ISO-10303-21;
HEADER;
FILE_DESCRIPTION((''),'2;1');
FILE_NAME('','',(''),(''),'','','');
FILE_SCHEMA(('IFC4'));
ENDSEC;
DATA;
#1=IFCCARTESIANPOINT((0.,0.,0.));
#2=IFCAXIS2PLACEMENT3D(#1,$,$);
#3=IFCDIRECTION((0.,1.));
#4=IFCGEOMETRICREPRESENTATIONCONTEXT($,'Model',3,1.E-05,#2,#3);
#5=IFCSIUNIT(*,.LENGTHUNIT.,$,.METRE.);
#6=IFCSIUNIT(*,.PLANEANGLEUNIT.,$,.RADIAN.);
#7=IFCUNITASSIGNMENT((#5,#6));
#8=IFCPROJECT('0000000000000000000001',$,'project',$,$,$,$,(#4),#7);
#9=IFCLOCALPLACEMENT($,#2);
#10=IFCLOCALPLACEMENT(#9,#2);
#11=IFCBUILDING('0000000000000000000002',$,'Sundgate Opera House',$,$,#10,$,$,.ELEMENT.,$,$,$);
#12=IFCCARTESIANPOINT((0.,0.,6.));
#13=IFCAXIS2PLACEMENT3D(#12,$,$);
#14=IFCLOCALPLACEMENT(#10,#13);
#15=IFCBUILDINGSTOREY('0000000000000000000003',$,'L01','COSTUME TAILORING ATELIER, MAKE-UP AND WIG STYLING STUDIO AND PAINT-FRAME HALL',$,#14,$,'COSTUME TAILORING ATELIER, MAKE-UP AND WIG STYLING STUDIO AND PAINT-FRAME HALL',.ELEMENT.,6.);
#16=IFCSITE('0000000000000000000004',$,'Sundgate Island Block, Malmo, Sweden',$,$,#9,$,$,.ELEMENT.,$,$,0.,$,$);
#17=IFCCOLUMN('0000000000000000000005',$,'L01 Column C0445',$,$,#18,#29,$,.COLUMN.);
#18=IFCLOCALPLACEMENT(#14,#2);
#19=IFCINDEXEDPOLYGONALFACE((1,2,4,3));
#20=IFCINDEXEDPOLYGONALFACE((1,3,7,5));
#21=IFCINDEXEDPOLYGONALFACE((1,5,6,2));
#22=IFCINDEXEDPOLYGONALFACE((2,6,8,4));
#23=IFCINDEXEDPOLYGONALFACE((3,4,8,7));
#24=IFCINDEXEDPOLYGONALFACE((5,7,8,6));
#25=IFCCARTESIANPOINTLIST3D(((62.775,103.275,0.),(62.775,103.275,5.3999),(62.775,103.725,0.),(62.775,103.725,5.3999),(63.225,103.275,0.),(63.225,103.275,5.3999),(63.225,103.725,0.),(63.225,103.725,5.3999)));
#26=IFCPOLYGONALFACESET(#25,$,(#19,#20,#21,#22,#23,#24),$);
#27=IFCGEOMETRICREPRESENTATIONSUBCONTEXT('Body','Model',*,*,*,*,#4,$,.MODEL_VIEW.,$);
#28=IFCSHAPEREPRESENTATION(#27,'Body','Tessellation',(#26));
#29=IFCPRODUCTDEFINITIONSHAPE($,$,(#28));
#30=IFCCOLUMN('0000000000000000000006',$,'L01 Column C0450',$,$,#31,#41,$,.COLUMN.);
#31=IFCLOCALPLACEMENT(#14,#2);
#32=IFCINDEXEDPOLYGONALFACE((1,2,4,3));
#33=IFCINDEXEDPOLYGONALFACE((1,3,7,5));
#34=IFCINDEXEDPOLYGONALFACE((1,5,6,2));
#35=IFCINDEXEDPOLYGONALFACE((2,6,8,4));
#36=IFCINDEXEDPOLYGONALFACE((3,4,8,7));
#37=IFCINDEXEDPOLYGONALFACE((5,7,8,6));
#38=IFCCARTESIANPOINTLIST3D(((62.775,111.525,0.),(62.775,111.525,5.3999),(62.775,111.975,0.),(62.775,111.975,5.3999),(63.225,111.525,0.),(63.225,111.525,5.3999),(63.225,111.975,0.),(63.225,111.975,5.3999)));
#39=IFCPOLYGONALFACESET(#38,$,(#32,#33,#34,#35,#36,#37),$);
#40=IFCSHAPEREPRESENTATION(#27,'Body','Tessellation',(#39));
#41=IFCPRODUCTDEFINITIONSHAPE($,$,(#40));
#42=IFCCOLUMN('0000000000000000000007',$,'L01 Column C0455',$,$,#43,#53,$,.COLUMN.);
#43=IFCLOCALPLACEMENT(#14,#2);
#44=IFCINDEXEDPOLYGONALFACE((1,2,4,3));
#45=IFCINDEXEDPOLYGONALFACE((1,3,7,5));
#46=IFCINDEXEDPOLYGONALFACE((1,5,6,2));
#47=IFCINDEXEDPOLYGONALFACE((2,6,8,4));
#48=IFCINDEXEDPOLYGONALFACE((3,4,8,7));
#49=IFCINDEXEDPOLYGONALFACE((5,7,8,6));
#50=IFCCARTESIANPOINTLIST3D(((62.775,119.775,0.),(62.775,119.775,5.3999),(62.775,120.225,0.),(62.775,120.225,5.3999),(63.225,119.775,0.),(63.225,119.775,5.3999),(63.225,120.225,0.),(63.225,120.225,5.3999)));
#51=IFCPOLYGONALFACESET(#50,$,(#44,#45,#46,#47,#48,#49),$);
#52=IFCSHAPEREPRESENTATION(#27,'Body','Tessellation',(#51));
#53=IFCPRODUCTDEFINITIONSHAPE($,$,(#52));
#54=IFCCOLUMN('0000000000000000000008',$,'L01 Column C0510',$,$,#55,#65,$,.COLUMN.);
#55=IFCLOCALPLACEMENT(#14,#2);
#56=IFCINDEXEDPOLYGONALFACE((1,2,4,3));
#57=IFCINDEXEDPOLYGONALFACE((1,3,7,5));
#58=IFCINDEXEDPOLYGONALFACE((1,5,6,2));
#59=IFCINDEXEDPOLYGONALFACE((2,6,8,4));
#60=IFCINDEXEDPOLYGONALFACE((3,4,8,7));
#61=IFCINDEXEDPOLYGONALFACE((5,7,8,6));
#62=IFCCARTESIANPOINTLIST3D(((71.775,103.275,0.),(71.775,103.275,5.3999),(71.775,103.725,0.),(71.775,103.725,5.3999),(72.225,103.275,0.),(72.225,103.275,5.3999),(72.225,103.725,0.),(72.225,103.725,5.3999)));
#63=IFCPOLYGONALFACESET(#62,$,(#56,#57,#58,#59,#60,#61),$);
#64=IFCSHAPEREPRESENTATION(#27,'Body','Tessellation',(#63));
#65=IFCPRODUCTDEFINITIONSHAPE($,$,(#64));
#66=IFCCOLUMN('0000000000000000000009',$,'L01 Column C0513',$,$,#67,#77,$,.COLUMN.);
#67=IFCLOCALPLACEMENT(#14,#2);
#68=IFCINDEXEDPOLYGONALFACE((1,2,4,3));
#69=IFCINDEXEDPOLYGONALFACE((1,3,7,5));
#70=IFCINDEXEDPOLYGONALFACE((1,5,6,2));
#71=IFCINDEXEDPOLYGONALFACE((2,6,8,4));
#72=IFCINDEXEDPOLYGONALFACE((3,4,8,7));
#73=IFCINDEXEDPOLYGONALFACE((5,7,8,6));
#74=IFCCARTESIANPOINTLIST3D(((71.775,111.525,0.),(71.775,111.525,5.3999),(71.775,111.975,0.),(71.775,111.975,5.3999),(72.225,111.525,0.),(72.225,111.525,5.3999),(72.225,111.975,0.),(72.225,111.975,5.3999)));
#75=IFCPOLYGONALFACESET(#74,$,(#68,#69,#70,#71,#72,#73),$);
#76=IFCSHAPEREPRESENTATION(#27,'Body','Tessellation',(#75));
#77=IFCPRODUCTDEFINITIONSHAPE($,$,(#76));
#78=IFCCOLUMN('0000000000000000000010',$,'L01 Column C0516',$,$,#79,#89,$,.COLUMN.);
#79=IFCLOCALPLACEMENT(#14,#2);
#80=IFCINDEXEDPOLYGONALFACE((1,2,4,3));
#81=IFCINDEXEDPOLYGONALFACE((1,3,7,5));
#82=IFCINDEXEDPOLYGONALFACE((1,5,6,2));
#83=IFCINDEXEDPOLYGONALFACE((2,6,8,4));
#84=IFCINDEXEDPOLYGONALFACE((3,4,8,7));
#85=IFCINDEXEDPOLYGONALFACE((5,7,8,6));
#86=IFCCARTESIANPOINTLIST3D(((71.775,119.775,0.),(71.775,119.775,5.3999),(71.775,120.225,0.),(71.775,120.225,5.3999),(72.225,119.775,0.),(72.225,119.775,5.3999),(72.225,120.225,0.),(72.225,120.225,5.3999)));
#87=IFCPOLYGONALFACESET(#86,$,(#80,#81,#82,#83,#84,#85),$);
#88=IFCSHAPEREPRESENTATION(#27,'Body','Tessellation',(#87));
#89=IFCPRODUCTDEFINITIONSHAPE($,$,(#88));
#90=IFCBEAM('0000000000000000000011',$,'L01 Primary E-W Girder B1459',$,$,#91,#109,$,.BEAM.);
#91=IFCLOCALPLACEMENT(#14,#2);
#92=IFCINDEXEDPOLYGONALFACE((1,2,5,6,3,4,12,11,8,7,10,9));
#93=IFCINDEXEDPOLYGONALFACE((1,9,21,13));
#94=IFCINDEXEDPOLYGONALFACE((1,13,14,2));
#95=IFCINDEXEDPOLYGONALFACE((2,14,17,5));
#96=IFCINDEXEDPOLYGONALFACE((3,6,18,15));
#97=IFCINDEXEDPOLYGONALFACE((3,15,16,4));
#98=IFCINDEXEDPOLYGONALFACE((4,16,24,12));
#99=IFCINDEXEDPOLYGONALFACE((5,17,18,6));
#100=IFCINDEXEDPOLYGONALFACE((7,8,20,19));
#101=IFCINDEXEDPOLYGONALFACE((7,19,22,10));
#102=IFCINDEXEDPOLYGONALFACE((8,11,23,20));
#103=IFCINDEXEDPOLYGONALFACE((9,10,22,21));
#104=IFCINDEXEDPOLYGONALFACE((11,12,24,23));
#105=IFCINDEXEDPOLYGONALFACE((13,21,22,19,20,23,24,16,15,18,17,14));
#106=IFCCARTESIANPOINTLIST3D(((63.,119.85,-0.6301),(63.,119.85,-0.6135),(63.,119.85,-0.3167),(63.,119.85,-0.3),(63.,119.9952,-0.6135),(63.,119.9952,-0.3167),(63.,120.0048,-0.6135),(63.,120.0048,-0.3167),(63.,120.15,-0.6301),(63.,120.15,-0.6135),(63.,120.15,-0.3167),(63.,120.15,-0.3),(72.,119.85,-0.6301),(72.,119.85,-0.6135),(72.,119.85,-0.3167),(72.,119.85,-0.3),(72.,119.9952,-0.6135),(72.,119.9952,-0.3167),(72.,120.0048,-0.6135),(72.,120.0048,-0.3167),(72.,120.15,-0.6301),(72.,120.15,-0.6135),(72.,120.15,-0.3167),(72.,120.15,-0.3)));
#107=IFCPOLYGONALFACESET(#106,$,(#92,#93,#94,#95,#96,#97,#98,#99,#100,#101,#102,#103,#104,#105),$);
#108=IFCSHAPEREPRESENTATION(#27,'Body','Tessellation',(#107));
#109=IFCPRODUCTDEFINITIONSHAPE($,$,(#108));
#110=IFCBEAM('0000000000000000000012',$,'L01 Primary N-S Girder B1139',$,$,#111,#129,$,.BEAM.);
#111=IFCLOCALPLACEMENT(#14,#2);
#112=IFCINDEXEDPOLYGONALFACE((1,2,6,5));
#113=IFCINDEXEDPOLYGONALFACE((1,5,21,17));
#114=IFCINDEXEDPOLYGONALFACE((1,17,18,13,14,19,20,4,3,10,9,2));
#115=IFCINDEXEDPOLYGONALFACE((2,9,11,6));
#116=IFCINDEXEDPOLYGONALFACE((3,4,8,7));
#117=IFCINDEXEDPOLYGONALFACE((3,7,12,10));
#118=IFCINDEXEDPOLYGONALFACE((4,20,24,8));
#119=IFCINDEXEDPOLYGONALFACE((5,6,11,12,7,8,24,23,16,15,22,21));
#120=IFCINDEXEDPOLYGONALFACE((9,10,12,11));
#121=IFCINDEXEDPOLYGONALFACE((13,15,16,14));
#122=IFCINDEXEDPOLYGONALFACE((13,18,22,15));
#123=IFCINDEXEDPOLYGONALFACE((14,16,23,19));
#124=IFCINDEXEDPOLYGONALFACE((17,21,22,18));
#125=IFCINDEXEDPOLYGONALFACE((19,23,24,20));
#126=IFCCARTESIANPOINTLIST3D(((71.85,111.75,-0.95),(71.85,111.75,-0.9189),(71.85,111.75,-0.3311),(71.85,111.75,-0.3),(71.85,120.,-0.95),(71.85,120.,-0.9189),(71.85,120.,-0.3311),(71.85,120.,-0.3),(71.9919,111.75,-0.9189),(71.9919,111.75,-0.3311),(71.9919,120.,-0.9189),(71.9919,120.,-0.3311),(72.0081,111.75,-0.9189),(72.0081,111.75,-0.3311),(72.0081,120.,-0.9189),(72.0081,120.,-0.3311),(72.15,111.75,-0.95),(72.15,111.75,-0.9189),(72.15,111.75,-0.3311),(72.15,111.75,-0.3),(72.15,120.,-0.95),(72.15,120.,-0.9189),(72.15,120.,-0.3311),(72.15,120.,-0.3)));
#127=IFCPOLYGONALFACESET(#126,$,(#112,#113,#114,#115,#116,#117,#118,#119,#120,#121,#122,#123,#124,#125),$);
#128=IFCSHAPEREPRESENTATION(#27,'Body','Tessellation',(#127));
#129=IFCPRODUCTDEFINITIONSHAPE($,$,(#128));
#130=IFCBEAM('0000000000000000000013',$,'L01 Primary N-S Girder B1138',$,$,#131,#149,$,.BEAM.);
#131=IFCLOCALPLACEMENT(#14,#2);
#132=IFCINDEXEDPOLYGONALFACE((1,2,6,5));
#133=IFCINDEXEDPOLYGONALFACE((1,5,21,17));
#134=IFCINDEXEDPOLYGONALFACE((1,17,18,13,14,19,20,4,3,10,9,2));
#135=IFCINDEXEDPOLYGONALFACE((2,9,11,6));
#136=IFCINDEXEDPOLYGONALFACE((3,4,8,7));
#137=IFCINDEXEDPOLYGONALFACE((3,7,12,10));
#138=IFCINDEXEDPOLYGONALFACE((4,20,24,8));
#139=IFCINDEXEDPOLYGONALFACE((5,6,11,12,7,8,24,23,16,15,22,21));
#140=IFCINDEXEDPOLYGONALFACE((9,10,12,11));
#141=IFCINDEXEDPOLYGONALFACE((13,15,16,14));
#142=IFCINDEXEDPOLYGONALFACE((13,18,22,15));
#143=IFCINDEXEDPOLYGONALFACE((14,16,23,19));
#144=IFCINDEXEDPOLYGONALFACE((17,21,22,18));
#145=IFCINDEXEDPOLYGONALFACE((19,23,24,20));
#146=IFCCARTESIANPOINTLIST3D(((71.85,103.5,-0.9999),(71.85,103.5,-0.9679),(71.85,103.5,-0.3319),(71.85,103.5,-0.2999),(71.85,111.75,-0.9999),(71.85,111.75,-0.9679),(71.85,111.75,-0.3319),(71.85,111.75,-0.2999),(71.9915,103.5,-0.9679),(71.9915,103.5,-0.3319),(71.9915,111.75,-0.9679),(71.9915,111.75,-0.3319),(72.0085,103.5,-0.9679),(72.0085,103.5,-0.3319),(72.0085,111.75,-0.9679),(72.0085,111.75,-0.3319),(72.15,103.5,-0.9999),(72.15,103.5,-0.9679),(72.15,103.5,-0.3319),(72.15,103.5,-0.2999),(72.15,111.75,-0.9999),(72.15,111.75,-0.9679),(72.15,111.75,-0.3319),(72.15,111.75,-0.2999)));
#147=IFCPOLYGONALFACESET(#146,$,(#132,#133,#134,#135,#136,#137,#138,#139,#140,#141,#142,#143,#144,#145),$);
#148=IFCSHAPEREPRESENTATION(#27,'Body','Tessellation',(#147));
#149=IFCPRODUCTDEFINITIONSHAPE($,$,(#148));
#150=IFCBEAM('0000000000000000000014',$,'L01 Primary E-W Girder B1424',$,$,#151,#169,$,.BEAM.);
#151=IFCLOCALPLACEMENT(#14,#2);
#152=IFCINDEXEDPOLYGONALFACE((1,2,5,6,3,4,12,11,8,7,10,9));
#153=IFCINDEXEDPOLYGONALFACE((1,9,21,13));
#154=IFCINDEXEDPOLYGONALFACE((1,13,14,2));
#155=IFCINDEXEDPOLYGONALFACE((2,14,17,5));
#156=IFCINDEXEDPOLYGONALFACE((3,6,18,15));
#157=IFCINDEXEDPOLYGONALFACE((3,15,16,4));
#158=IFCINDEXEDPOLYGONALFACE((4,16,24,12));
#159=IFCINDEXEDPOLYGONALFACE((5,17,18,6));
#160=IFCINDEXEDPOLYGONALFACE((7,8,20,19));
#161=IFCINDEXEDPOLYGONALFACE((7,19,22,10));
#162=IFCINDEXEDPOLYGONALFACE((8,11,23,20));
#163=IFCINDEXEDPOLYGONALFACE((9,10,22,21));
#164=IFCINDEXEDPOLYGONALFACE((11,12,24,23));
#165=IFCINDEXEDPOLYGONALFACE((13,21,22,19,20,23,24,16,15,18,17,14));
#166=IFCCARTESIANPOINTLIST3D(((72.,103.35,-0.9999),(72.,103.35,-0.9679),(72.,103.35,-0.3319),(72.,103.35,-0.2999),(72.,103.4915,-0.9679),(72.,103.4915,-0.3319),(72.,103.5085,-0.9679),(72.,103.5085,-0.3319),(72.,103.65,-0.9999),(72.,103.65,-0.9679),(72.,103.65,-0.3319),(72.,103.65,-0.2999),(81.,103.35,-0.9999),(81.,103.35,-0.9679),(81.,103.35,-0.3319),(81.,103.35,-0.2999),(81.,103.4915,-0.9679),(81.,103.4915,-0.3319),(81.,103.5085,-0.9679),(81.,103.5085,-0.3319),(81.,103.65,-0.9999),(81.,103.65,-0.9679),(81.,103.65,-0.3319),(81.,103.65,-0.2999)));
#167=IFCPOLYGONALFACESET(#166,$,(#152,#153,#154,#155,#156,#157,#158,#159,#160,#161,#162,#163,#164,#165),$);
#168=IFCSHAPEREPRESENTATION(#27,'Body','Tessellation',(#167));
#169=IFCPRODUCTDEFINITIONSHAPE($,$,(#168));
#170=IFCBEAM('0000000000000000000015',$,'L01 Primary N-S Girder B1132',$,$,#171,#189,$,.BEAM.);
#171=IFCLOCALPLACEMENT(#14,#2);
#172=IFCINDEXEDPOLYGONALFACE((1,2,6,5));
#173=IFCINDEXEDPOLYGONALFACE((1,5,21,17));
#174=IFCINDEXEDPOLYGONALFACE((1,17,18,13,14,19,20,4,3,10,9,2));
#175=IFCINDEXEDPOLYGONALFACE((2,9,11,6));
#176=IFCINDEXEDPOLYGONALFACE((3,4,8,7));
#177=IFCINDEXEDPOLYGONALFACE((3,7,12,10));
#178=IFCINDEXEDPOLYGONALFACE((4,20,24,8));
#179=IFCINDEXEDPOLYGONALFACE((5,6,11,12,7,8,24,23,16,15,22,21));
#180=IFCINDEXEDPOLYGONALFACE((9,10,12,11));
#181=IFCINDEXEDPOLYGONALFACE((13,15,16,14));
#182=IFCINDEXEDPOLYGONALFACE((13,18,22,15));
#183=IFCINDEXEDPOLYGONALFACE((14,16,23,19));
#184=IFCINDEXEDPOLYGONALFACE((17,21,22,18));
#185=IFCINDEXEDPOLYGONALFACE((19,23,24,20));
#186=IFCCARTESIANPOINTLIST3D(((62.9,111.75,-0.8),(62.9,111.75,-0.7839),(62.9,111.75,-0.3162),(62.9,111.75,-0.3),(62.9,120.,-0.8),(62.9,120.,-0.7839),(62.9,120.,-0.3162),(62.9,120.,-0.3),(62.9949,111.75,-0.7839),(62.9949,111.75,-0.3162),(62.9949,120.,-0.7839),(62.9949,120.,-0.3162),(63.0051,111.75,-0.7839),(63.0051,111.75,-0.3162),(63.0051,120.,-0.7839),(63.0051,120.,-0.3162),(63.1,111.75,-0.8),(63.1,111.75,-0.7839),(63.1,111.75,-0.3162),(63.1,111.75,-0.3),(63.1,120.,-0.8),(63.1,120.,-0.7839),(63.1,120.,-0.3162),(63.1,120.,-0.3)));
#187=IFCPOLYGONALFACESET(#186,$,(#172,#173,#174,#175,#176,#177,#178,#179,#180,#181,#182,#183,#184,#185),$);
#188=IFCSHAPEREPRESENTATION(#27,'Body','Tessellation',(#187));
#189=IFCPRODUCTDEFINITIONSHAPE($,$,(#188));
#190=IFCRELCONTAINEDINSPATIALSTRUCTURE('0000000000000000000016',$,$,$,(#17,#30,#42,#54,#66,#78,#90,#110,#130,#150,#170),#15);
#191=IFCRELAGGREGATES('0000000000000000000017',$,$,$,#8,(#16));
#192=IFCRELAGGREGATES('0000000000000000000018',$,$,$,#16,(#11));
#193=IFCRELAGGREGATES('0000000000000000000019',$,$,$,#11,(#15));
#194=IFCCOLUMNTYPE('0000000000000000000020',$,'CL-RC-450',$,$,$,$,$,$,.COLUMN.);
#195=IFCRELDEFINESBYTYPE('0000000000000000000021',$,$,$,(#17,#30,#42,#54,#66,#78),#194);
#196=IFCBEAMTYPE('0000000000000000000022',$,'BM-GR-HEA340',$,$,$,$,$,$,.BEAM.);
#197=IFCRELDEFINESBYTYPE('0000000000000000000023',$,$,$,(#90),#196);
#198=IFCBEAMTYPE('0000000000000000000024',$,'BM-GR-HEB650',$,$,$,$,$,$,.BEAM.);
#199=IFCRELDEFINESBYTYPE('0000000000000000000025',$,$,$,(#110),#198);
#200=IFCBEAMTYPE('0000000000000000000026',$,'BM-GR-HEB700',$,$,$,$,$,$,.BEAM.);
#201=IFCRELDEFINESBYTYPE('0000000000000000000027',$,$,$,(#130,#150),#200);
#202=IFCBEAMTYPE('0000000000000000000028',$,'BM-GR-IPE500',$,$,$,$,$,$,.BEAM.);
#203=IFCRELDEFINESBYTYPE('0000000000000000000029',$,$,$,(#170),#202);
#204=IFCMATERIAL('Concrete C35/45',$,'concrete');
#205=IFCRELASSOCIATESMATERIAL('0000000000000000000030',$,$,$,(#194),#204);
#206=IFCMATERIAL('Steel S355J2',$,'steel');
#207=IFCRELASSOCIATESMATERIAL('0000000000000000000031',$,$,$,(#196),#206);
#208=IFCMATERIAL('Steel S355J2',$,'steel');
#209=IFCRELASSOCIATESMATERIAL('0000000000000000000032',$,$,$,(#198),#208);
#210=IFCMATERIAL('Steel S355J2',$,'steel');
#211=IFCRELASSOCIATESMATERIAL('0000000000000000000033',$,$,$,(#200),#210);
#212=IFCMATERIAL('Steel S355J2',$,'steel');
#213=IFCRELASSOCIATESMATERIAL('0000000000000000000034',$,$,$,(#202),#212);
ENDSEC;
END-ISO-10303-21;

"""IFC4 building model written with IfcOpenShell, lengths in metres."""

from ifc_helpers import new_model, si_unit, direction, frame, origin, origin_2d, place, context, subcontext, project, spatial, rectangle, i_section, extrude, material, material_profile, profile_set, type_object, element, save


model = new_model("IFC4")

# Units and contexts
model_context = context("Model", 3, precision=1e-05, world=origin(), true_north=direction((0.0, 1.0)))
body_context = subcontext(model_context, "Body", "Model", "MODEL_VIEW")
ifc_project = project(units=[si_unit("LENGTHUNIT", "METRE"), si_unit("PLANEANGLEUNIT", "RADIAN")], contexts=[model_context])

# Site, building, storey
site_placement = place(None, origin())
site = spatial("IfcSite", under=ifc_project, at=site_placement, Name="Sundgate Island Block, Malmo, Sweden", CompositionType="ELEMENT", RefElevation=0.0)
building_placement = place(site_placement, origin())
building = spatial("IfcBuilding", under=site, at=building_placement, Name="Sundgate Opera House", CompositionType="ELEMENT")
storey_placement = place(building_placement, frame((0.0, 0.0, 6.0)))
storey = spatial("IfcBuildingStorey", under=building, at=storey_placement, Name="L01", Description="COSTUME TAILORING ATELIER, MAKE-UP AND WIG STYLING STUDIO AND PAINT-FRAME HALL", LongName="COSTUME TAILORING ATELIER, MAKE-UP AND WIG STYLING STUDIO AND PAINT-FRAME HALL", CompositionType="ELEMENT", Elevation=6.0)

# Columns
ifc_material_1 = material(Name="Concrete C35/45", Category="concrete")
ifc_material_profile_1 = material_profile(ifc_material_1, rectangle(XDim=0.45, YDim=0.45, at=origin_2d()), Name="RC 450x450")
ifc_profile_set_1 = profile_set([ifc_material_profile_1], Name="Concrete C35/45")
column_type = type_object("IfcColumnType", Name="CL-RC-450", PredefinedType="COLUMN", material=ifc_profile_set_1)
for number, where, z_axis, x_axis, name in (
    (1, (63.0, 103.5, 0.0), (0.0, 0.0, 1.0), (1.0, 0.0, 0.0), "L01 Column C0445"),
    (2, (63.0, 111.75, 0.0), (0.0, 0.0, 1.0), (1.0, 0.0, 0.0), "L01 Column C0450"),
    (3, (63.0, 120.0, 0.0), (0.0, 0.0, 1.0), (1.0, 0.0, 0.0), "L01 Column C0455"),
    (4, (72.0, 103.5, 0.0), (0.0, 0.0, 1.0), (1.0, 0.0, 0.0), "L01 Column C0510"),
    (5, (72.0, 111.75, 0.0), (0.0, 0.0, 1.0), (1.0, 0.0, 0.0), "L01 Column C0513"),
    (6, (72.0, 120.0, 0.0), (0.0, 0.0, 1.0), (1.0, 0.0, 0.0), "L01 Column C0516"),
):
    element("IfcColumn", number, at=place(storey_placement, frame(where, z_axis=z_axis, x_axis=x_axis)), inside=storey, type_object=column_type, Name=name, PredefinedType="COLUMN", context=body_context, shape_type="SweptSolid", body=[
        extrude(rectangle(XDim=0.45, YDim=0.45, at=origin_2d()), origin(), (0.0, 0.0, 1.0), 5.3999),
    ])

# Beams
ifc_material_2 = material(Name="Steel S355J2", Category="steel")
ifc_material_profile_2 = material_profile(ifc_material_2, i_section(OverallWidth=0.3, OverallDepth=0.3301, WebThickness=0.0095, FlangeThickness=0.0166, at=origin_2d()), Name="HEA 340")
ifc_profile_set_2 = profile_set([ifc_material_profile_2], Name="Steel S355J2")
beam_type_1 = type_object("IfcBeamType", Name="BM-GR-HEA340", PredefinedType="BEAM", material=ifc_profile_set_2)
beam_1_placement = place(storey_placement, frame((63.0, 120.0, -0.4651), z_axis=(1.0, 0.0, 0.0), x_axis=(0.0, 1.0, 0.0)))
element("IfcBeam", 7, at=beam_1_placement, inside=storey, type_object=beam_type_1, Name="L01 Primary E-W Girder B1459", PredefinedType="BEAM", context=body_context, shape_type="SweptSolid", body=[
    extrude(i_section(OverallWidth=0.3, OverallDepth=0.3301, WebThickness=0.0095, FlangeThickness=0.0166, at=origin_2d()), origin(), (0.0, 0.0, 1.0), 9.0),
])
ifc_material_3 = material(Name="Steel S355J2", Category="steel")
ifc_material_profile_3 = material_profile(ifc_material_3, i_section(OverallWidth=0.3, OverallDepth=0.6499, WebThickness=0.0161, FlangeThickness=0.031, at=origin_2d()), Name="HEB 650")
ifc_profile_set_3 = profile_set([ifc_material_profile_3], Name="Steel S355J2")
beam_type_2 = type_object("IfcBeamType", Name="BM-GR-HEB650", PredefinedType="BEAM", material=ifc_profile_set_3)
beam_2_placement = place(storey_placement, frame((72.0, 111.75, -0.625), z_axis=(0.0, 1.0, 0.0), x_axis=(-1.0, 0.0, 0.0)))
element("IfcBeam", 8, at=beam_2_placement, inside=storey, type_object=beam_type_2, Name="L01 Primary N-S Girder B1139", PredefinedType="BEAM", context=body_context, shape_type="SweptSolid", body=[
    extrude(i_section(OverallWidth=0.3, OverallDepth=0.6499, WebThickness=0.0161, FlangeThickness=0.031, at=origin_2d()), origin(), (0.0, 0.0, 1.0), 8.25),
])
ifc_material_4 = material(Name="Steel S355J2", Category="steel")
ifc_material_profile_4 = material_profile(ifc_material_4, i_section(OverallWidth=0.3, OverallDepth=0.7, WebThickness=0.0171, FlangeThickness=0.032, at=origin_2d()), Name="HEB 700")
ifc_profile_set_4 = profile_set([ifc_material_profile_4], Name="Steel S355J2")
beam_type_3 = type_object("IfcBeamType", Name="BM-GR-HEB700", PredefinedType="BEAM", material=ifc_profile_set_4)
beam_3_placement = place(storey_placement, frame((72.0, 103.5, -0.6499), z_axis=(0.0, 1.0, 0.0), x_axis=(-1.0, 0.0, 0.0)))
element("IfcBeam", 9, at=beam_3_placement, inside=storey, type_object=beam_type_3, Name="L01 Primary N-S Girder B1138", PredefinedType="BEAM", context=body_context, shape_type="SweptSolid", body=[
    extrude(i_section(OverallWidth=0.3, OverallDepth=0.7, WebThickness=0.0171, FlangeThickness=0.032, at=origin_2d()), origin(), (0.0, 0.0, 1.0), 8.25),
])
beam_4_placement = place(storey_placement, frame((72.0, 103.5, -0.6499), z_axis=(1.0, 0.0, 0.0), x_axis=(0.0, 1.0, 0.0)))
element("IfcBeam", 10, at=beam_4_placement, inside=storey, type_object=beam_type_3, Name="L01 Primary E-W Girder B1424", PredefinedType="BEAM", context=body_context, shape_type="SweptSolid", body=[
    extrude(i_section(OverallWidth=0.3, OverallDepth=0.7, WebThickness=0.0171, FlangeThickness=0.032, at=origin_2d()), origin(), (0.0, 0.0, 1.0), 9.0),
])
ifc_material_5 = material(Name="Steel S355J2", Category="steel")
ifc_material_profile_5 = material_profile(ifc_material_5, i_section(OverallWidth=0.2, OverallDepth=0.5, WebThickness=0.0103, FlangeThickness=0.0161, at=origin_2d()), Name="IPE 500")
ifc_profile_set_5 = profile_set([ifc_material_profile_5], Name="Steel S355J2")
beam_type_4 = type_object("IfcBeamType", Name="BM-GR-IPE500", PredefinedType="BEAM", material=ifc_profile_set_5)
beam_5_placement = place(storey_placement, frame((63.0, 111.75, -0.55), z_axis=(0.0, 1.0, 0.0), x_axis=(-1.0, 0.0, 0.0)))
element("IfcBeam", 11, at=beam_5_placement, inside=storey, type_object=beam_type_4, Name="L01 Primary N-S Girder B1132", PredefinedType="BEAM", context=body_context, shape_type="SweptSolid", body=[
    extrude(i_section(OverallWidth=0.2, OverallDepth=0.5, WebThickness=0.0103, FlangeThickness=0.0161, at=origin_2d()), origin(), (0.0, 0.0, 1.0), 8.25),
])

save(model, "model.ifc")
